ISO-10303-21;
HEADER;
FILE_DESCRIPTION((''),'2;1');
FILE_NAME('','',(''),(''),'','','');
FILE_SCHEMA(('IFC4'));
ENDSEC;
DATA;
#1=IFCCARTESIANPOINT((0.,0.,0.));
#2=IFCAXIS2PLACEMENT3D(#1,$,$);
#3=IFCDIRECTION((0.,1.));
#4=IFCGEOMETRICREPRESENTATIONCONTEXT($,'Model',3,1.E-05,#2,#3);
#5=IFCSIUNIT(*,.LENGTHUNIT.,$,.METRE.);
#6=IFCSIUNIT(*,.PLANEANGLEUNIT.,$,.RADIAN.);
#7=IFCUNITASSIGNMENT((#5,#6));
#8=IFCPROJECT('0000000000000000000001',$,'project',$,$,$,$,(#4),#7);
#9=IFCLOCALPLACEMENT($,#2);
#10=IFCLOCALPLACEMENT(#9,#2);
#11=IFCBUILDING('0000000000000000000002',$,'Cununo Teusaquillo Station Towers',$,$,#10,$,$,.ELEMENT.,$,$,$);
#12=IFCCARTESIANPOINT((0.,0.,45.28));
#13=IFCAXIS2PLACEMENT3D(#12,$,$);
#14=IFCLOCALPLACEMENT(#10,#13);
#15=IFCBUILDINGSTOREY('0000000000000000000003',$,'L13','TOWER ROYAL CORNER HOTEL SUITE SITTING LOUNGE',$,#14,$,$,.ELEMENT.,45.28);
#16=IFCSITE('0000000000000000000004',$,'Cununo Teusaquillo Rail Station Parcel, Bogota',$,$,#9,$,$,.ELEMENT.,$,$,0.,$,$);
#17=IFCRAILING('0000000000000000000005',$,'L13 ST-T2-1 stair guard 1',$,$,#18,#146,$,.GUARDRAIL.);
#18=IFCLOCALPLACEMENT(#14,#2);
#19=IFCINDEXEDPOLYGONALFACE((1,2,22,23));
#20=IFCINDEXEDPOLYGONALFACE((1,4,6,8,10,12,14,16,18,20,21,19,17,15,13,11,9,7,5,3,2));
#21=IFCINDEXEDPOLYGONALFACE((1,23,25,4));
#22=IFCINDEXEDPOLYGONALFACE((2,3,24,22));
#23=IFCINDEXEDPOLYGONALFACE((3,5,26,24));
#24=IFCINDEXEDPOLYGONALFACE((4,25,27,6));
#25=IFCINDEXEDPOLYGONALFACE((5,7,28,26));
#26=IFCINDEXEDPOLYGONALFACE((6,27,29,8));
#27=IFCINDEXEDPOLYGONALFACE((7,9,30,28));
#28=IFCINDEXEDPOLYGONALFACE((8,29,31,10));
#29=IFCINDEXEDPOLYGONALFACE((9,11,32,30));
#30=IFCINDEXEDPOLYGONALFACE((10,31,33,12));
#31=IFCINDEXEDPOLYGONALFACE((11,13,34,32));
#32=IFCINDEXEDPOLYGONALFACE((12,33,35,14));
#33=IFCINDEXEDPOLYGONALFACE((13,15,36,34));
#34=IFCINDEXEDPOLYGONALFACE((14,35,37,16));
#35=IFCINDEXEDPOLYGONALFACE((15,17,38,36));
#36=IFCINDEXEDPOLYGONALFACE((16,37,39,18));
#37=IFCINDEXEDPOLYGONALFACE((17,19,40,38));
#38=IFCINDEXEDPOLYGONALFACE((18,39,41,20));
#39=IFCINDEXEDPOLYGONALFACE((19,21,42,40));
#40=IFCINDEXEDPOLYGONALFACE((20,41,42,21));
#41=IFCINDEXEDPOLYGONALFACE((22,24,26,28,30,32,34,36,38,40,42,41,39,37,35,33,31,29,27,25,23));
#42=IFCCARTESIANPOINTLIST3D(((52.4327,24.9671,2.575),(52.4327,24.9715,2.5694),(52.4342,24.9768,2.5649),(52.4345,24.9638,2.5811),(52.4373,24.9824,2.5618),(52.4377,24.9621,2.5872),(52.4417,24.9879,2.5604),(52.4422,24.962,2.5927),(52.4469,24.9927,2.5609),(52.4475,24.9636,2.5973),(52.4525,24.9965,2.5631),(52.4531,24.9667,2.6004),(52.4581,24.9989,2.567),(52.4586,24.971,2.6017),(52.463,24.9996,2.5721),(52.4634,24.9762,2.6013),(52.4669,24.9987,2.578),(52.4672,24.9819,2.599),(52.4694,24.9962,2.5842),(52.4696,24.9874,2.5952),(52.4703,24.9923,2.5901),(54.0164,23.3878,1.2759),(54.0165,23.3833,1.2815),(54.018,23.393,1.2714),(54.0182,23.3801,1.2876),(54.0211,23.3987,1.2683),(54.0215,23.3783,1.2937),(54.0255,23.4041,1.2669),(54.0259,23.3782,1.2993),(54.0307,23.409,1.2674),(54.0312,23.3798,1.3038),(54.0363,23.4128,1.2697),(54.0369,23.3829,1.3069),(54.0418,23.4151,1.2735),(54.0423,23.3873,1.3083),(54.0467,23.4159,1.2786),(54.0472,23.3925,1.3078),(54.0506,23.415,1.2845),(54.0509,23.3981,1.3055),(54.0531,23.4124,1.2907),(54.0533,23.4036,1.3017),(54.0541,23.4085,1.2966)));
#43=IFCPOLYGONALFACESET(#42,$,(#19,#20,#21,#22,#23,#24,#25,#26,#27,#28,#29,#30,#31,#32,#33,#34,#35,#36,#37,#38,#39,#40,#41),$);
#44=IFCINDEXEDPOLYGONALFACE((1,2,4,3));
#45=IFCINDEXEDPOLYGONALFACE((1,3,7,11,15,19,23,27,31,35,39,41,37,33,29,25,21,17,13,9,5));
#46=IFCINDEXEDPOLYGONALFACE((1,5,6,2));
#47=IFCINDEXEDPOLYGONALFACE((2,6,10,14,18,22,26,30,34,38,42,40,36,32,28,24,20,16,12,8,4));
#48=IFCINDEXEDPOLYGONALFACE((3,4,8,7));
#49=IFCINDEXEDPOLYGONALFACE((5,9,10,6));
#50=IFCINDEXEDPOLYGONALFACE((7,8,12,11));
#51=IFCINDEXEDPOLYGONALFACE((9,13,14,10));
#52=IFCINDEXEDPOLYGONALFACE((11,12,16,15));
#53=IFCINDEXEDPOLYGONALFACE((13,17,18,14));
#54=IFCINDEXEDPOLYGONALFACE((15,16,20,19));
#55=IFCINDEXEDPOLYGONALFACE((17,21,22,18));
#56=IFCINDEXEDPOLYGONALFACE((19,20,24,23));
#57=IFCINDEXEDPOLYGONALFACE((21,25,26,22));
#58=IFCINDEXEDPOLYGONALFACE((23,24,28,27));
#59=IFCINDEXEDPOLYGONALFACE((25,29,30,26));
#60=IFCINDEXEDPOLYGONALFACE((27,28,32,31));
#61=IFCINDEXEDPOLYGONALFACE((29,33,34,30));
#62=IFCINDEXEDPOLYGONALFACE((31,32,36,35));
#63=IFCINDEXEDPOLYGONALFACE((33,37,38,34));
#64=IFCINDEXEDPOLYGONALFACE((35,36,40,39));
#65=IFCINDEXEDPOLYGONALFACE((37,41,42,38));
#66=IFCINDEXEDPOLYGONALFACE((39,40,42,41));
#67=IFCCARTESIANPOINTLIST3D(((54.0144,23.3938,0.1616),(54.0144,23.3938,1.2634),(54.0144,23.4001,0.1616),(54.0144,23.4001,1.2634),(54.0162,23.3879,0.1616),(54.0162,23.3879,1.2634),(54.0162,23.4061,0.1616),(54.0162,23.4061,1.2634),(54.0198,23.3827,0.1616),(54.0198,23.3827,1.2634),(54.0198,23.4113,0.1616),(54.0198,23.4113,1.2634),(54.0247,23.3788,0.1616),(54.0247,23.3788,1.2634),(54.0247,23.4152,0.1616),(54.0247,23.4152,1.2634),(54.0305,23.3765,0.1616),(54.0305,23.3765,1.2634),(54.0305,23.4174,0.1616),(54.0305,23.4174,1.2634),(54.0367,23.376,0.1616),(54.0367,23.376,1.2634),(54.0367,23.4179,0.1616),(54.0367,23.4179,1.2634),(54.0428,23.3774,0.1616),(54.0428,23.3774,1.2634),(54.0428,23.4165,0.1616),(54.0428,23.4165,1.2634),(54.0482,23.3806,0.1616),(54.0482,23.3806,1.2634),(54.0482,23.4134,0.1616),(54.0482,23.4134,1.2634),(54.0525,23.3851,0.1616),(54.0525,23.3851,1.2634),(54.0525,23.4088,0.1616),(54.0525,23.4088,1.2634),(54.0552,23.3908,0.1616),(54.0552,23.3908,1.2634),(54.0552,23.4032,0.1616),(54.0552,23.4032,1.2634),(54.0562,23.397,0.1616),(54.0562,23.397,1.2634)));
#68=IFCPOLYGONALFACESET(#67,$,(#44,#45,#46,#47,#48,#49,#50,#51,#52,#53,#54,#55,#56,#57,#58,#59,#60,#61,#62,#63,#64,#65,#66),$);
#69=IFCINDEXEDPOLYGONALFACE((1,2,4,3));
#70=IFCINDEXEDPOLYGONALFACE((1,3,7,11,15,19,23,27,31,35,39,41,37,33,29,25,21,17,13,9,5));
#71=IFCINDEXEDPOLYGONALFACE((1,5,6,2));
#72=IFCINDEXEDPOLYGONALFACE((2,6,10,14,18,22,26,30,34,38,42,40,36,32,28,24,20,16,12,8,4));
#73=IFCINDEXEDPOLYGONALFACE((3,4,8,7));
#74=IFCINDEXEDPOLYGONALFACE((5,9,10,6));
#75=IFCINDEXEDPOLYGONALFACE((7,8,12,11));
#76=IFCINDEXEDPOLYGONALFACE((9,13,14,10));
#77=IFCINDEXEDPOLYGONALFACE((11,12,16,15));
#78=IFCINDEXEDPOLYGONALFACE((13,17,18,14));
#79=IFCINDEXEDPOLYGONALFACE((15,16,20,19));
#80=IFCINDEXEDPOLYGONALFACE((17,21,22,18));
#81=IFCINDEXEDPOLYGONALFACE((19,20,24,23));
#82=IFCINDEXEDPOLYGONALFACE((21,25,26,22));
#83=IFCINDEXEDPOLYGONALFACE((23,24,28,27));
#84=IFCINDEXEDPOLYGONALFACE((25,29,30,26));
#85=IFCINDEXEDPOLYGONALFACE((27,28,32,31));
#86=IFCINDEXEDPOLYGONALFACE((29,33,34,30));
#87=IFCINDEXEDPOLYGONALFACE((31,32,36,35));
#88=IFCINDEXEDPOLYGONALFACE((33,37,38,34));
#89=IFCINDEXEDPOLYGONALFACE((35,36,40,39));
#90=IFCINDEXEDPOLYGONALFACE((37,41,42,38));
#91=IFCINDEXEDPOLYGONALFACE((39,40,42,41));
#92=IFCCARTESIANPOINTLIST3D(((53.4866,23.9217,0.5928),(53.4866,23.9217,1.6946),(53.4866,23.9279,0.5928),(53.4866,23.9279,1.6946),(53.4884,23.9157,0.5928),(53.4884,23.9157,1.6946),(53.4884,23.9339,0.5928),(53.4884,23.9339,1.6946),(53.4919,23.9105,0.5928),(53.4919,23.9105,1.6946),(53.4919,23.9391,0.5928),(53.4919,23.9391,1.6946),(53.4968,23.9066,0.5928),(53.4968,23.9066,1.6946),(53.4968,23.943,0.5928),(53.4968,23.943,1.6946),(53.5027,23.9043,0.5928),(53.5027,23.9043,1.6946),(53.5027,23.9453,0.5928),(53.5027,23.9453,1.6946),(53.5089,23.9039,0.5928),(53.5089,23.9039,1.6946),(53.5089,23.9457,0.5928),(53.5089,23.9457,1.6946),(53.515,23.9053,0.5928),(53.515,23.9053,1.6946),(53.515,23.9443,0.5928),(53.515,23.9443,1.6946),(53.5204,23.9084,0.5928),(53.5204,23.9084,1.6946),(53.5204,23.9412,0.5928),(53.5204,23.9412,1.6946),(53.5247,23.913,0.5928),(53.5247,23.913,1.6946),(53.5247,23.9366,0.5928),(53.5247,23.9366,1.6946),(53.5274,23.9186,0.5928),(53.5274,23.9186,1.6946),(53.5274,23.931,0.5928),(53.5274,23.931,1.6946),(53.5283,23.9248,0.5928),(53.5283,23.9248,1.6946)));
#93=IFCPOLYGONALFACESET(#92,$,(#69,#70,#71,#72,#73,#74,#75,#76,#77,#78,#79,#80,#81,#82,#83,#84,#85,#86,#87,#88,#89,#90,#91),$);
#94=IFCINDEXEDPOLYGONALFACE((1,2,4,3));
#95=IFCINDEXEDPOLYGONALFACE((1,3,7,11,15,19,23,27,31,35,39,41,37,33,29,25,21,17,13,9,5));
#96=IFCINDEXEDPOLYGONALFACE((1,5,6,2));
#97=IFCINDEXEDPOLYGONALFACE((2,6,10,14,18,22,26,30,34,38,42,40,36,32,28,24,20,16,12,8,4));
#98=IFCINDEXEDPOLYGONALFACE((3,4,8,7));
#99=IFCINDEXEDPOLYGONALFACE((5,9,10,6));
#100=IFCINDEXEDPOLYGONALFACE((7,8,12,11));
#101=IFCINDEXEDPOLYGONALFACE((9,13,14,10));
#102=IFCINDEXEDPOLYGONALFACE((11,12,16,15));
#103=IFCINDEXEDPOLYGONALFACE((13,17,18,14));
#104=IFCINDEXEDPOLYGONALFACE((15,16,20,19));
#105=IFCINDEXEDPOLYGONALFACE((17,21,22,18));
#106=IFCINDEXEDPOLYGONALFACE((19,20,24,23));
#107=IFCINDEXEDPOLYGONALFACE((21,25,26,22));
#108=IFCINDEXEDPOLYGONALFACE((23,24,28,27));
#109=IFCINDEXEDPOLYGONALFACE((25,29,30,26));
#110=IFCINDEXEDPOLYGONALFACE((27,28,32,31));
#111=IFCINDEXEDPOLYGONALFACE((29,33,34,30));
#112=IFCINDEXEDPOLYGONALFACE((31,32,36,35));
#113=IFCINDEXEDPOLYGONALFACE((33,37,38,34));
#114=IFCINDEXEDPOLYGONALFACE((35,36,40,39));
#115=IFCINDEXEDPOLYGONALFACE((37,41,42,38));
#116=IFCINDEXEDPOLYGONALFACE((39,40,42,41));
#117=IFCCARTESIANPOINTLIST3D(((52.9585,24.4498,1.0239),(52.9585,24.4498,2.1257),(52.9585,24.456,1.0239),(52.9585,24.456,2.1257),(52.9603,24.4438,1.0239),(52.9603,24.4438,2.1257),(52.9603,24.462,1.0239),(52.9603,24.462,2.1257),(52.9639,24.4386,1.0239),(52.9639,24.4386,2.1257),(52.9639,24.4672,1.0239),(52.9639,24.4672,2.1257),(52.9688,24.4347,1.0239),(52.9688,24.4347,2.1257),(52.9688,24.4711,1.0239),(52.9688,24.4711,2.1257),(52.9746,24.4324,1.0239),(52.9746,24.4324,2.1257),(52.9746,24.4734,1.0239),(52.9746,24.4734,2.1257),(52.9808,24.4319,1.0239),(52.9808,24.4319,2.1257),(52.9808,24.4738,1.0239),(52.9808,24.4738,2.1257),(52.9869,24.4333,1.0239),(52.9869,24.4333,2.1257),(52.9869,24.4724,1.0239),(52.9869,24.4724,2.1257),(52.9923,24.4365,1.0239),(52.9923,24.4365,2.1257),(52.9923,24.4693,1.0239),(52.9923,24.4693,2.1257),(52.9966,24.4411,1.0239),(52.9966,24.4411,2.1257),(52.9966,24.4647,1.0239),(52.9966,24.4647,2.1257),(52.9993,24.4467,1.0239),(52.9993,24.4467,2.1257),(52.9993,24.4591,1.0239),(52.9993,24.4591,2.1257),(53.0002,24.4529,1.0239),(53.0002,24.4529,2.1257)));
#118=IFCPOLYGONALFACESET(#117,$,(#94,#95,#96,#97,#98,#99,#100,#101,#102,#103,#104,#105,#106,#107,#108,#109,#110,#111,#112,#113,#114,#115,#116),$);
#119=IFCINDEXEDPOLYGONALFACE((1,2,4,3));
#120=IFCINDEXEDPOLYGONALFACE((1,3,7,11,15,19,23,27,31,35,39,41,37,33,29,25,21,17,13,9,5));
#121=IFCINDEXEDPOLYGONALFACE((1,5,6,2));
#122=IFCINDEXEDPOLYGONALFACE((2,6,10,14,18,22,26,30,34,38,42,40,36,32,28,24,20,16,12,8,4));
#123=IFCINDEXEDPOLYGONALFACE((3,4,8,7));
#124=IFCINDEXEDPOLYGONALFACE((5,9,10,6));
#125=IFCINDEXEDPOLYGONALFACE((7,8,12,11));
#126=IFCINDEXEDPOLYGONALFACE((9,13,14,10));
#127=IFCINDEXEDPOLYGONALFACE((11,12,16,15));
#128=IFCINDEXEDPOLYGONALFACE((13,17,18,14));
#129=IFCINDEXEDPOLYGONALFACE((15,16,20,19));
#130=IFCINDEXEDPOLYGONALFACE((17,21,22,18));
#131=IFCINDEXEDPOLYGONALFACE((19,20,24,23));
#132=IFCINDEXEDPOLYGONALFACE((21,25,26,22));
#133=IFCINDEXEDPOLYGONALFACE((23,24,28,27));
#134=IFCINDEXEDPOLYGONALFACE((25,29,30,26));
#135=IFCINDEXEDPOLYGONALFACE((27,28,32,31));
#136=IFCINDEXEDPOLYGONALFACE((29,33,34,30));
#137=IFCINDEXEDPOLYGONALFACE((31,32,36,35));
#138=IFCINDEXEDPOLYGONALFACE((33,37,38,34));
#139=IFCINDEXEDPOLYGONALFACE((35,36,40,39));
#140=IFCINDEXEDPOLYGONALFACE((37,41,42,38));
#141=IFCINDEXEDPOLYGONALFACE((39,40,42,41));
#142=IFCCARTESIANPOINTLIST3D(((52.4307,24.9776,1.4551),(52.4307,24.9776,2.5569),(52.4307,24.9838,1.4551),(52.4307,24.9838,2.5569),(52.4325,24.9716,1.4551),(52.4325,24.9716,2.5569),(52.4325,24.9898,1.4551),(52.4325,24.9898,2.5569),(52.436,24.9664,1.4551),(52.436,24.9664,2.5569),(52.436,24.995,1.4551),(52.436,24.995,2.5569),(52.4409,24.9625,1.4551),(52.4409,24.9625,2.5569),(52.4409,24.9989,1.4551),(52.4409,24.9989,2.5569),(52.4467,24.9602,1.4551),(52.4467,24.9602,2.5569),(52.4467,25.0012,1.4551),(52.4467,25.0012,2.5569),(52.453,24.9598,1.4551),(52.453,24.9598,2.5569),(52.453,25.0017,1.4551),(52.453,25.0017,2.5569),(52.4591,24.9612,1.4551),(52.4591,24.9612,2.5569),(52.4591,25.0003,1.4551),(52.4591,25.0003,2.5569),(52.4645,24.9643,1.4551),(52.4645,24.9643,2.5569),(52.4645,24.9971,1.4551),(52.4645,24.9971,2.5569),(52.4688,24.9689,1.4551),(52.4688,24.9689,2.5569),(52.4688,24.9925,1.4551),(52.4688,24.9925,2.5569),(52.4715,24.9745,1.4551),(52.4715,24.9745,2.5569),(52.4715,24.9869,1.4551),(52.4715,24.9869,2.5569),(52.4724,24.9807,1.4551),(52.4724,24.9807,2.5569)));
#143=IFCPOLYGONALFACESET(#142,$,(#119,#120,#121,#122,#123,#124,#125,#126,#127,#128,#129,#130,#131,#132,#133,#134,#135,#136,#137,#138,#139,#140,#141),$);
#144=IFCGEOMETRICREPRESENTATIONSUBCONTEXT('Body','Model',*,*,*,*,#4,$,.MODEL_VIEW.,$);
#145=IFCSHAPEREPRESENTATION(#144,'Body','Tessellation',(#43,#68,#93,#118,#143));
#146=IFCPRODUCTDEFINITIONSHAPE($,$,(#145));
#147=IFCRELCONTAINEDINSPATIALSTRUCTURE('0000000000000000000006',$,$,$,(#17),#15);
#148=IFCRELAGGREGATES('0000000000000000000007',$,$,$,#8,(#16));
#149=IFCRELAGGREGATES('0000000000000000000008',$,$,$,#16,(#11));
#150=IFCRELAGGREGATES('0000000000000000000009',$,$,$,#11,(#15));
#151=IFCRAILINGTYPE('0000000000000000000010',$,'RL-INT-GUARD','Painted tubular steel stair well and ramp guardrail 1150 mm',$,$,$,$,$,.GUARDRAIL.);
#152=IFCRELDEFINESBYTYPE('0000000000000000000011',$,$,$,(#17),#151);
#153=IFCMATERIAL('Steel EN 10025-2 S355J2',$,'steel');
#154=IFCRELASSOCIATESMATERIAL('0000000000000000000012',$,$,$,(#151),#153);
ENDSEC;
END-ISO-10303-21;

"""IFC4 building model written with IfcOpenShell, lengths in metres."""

from ifc_helpers import new_model, si_unit, direction, frame, origin, origin_2d, place, context, subcontext, project, spatial, circle, extrude, material, type_object, element, save


model = new_model("IFC4")

# Units and contexts
model_context = context("Model", 3, precision=1e-05, world=origin(), true_north=direction((0.0, 1.0)))
body_context = subcontext(model_context, "Body", "Model", "MODEL_VIEW")
ifc_project = project(units=[si_unit("LENGTHUNIT", "METRE"), si_unit("PLANEANGLEUNIT", "RADIAN")], contexts=[model_context])

# Site, building, storey
site_placement = place(None, origin())
site = spatial("IfcSite", under=ifc_project, at=site_placement, Name="Cununo Teusaquillo Rail Station Parcel, Bogota", CompositionType="ELEMENT", RefElevation=0.0)
building_placement = place(site_placement, origin())
building = spatial("IfcBuilding", under=site, at=building_placement, Name="Cununo Teusaquillo Station Towers", CompositionType="ELEMENT")
storey_placement = place(building_placement, frame((0.0, 0.0, 45.28)))
storey = spatial("IfcBuildingStorey", under=building, at=storey_placement, Name="L13", Description="TOWER ROYAL CORNER HOTEL SUITE SITTING LOUNGE", CompositionType="ELEMENT", Elevation=45.28)

# Railing
ifc_material_1 = material(Name="Steel EN 10025-2 S355J2", Category="steel")
railing_type_1 = type_object("IfcRailingType", Name="RL-INT-GUARD", Description="Painted tubular steel stair well and ramp guardrail 1150 mm", PredefinedType="GUARDRAIL", material=ifc_material_1)
railing_1_placement = place(storey_placement, frame((54.0352, 23.397, 0.1616)))
element("IfcRailing", 1, at=railing_1_placement, inside=storey, type_object=railing_type_1, Name="L13 ST-T2-1 stair guard 1", PredefinedType="GUARDRAIL", context=body_context, shape_type="SweptSolid", body=[
    extrude(circle(Radius=0.0239, at=origin_2d()), frame((0.0, 0.0, 1.126), z_axis=(-0.612332, 0.612332, 0.500098), x_axis=(-0.707107, -0.707107, 0.0)), (0.0, 0.0, 1.0), 2.5864),
    extrude(circle(Radius=0.021, at=origin_2d()), origin(), (0.0, 0.0, 1.0), 1.1018),
    extrude(circle(Radius=0.021, at=origin_2d()), frame((-0.5278, 0.5278, 0.4312)), (0.0, 0.0, 1.0), 1.1018),
    extrude(circle(Radius=0.021, at=origin_2d()), frame((-1.0559, 1.0559, 0.8623)), (0.0, 0.0, 1.0), 1.1018),
    extrude(circle(Radius=0.021, at=origin_2d()), frame((-1.5837, 1.5837, 1.2935)), (0.0, 0.0, 1.0), 1.1018),
])

save(model, "model.ifc")
